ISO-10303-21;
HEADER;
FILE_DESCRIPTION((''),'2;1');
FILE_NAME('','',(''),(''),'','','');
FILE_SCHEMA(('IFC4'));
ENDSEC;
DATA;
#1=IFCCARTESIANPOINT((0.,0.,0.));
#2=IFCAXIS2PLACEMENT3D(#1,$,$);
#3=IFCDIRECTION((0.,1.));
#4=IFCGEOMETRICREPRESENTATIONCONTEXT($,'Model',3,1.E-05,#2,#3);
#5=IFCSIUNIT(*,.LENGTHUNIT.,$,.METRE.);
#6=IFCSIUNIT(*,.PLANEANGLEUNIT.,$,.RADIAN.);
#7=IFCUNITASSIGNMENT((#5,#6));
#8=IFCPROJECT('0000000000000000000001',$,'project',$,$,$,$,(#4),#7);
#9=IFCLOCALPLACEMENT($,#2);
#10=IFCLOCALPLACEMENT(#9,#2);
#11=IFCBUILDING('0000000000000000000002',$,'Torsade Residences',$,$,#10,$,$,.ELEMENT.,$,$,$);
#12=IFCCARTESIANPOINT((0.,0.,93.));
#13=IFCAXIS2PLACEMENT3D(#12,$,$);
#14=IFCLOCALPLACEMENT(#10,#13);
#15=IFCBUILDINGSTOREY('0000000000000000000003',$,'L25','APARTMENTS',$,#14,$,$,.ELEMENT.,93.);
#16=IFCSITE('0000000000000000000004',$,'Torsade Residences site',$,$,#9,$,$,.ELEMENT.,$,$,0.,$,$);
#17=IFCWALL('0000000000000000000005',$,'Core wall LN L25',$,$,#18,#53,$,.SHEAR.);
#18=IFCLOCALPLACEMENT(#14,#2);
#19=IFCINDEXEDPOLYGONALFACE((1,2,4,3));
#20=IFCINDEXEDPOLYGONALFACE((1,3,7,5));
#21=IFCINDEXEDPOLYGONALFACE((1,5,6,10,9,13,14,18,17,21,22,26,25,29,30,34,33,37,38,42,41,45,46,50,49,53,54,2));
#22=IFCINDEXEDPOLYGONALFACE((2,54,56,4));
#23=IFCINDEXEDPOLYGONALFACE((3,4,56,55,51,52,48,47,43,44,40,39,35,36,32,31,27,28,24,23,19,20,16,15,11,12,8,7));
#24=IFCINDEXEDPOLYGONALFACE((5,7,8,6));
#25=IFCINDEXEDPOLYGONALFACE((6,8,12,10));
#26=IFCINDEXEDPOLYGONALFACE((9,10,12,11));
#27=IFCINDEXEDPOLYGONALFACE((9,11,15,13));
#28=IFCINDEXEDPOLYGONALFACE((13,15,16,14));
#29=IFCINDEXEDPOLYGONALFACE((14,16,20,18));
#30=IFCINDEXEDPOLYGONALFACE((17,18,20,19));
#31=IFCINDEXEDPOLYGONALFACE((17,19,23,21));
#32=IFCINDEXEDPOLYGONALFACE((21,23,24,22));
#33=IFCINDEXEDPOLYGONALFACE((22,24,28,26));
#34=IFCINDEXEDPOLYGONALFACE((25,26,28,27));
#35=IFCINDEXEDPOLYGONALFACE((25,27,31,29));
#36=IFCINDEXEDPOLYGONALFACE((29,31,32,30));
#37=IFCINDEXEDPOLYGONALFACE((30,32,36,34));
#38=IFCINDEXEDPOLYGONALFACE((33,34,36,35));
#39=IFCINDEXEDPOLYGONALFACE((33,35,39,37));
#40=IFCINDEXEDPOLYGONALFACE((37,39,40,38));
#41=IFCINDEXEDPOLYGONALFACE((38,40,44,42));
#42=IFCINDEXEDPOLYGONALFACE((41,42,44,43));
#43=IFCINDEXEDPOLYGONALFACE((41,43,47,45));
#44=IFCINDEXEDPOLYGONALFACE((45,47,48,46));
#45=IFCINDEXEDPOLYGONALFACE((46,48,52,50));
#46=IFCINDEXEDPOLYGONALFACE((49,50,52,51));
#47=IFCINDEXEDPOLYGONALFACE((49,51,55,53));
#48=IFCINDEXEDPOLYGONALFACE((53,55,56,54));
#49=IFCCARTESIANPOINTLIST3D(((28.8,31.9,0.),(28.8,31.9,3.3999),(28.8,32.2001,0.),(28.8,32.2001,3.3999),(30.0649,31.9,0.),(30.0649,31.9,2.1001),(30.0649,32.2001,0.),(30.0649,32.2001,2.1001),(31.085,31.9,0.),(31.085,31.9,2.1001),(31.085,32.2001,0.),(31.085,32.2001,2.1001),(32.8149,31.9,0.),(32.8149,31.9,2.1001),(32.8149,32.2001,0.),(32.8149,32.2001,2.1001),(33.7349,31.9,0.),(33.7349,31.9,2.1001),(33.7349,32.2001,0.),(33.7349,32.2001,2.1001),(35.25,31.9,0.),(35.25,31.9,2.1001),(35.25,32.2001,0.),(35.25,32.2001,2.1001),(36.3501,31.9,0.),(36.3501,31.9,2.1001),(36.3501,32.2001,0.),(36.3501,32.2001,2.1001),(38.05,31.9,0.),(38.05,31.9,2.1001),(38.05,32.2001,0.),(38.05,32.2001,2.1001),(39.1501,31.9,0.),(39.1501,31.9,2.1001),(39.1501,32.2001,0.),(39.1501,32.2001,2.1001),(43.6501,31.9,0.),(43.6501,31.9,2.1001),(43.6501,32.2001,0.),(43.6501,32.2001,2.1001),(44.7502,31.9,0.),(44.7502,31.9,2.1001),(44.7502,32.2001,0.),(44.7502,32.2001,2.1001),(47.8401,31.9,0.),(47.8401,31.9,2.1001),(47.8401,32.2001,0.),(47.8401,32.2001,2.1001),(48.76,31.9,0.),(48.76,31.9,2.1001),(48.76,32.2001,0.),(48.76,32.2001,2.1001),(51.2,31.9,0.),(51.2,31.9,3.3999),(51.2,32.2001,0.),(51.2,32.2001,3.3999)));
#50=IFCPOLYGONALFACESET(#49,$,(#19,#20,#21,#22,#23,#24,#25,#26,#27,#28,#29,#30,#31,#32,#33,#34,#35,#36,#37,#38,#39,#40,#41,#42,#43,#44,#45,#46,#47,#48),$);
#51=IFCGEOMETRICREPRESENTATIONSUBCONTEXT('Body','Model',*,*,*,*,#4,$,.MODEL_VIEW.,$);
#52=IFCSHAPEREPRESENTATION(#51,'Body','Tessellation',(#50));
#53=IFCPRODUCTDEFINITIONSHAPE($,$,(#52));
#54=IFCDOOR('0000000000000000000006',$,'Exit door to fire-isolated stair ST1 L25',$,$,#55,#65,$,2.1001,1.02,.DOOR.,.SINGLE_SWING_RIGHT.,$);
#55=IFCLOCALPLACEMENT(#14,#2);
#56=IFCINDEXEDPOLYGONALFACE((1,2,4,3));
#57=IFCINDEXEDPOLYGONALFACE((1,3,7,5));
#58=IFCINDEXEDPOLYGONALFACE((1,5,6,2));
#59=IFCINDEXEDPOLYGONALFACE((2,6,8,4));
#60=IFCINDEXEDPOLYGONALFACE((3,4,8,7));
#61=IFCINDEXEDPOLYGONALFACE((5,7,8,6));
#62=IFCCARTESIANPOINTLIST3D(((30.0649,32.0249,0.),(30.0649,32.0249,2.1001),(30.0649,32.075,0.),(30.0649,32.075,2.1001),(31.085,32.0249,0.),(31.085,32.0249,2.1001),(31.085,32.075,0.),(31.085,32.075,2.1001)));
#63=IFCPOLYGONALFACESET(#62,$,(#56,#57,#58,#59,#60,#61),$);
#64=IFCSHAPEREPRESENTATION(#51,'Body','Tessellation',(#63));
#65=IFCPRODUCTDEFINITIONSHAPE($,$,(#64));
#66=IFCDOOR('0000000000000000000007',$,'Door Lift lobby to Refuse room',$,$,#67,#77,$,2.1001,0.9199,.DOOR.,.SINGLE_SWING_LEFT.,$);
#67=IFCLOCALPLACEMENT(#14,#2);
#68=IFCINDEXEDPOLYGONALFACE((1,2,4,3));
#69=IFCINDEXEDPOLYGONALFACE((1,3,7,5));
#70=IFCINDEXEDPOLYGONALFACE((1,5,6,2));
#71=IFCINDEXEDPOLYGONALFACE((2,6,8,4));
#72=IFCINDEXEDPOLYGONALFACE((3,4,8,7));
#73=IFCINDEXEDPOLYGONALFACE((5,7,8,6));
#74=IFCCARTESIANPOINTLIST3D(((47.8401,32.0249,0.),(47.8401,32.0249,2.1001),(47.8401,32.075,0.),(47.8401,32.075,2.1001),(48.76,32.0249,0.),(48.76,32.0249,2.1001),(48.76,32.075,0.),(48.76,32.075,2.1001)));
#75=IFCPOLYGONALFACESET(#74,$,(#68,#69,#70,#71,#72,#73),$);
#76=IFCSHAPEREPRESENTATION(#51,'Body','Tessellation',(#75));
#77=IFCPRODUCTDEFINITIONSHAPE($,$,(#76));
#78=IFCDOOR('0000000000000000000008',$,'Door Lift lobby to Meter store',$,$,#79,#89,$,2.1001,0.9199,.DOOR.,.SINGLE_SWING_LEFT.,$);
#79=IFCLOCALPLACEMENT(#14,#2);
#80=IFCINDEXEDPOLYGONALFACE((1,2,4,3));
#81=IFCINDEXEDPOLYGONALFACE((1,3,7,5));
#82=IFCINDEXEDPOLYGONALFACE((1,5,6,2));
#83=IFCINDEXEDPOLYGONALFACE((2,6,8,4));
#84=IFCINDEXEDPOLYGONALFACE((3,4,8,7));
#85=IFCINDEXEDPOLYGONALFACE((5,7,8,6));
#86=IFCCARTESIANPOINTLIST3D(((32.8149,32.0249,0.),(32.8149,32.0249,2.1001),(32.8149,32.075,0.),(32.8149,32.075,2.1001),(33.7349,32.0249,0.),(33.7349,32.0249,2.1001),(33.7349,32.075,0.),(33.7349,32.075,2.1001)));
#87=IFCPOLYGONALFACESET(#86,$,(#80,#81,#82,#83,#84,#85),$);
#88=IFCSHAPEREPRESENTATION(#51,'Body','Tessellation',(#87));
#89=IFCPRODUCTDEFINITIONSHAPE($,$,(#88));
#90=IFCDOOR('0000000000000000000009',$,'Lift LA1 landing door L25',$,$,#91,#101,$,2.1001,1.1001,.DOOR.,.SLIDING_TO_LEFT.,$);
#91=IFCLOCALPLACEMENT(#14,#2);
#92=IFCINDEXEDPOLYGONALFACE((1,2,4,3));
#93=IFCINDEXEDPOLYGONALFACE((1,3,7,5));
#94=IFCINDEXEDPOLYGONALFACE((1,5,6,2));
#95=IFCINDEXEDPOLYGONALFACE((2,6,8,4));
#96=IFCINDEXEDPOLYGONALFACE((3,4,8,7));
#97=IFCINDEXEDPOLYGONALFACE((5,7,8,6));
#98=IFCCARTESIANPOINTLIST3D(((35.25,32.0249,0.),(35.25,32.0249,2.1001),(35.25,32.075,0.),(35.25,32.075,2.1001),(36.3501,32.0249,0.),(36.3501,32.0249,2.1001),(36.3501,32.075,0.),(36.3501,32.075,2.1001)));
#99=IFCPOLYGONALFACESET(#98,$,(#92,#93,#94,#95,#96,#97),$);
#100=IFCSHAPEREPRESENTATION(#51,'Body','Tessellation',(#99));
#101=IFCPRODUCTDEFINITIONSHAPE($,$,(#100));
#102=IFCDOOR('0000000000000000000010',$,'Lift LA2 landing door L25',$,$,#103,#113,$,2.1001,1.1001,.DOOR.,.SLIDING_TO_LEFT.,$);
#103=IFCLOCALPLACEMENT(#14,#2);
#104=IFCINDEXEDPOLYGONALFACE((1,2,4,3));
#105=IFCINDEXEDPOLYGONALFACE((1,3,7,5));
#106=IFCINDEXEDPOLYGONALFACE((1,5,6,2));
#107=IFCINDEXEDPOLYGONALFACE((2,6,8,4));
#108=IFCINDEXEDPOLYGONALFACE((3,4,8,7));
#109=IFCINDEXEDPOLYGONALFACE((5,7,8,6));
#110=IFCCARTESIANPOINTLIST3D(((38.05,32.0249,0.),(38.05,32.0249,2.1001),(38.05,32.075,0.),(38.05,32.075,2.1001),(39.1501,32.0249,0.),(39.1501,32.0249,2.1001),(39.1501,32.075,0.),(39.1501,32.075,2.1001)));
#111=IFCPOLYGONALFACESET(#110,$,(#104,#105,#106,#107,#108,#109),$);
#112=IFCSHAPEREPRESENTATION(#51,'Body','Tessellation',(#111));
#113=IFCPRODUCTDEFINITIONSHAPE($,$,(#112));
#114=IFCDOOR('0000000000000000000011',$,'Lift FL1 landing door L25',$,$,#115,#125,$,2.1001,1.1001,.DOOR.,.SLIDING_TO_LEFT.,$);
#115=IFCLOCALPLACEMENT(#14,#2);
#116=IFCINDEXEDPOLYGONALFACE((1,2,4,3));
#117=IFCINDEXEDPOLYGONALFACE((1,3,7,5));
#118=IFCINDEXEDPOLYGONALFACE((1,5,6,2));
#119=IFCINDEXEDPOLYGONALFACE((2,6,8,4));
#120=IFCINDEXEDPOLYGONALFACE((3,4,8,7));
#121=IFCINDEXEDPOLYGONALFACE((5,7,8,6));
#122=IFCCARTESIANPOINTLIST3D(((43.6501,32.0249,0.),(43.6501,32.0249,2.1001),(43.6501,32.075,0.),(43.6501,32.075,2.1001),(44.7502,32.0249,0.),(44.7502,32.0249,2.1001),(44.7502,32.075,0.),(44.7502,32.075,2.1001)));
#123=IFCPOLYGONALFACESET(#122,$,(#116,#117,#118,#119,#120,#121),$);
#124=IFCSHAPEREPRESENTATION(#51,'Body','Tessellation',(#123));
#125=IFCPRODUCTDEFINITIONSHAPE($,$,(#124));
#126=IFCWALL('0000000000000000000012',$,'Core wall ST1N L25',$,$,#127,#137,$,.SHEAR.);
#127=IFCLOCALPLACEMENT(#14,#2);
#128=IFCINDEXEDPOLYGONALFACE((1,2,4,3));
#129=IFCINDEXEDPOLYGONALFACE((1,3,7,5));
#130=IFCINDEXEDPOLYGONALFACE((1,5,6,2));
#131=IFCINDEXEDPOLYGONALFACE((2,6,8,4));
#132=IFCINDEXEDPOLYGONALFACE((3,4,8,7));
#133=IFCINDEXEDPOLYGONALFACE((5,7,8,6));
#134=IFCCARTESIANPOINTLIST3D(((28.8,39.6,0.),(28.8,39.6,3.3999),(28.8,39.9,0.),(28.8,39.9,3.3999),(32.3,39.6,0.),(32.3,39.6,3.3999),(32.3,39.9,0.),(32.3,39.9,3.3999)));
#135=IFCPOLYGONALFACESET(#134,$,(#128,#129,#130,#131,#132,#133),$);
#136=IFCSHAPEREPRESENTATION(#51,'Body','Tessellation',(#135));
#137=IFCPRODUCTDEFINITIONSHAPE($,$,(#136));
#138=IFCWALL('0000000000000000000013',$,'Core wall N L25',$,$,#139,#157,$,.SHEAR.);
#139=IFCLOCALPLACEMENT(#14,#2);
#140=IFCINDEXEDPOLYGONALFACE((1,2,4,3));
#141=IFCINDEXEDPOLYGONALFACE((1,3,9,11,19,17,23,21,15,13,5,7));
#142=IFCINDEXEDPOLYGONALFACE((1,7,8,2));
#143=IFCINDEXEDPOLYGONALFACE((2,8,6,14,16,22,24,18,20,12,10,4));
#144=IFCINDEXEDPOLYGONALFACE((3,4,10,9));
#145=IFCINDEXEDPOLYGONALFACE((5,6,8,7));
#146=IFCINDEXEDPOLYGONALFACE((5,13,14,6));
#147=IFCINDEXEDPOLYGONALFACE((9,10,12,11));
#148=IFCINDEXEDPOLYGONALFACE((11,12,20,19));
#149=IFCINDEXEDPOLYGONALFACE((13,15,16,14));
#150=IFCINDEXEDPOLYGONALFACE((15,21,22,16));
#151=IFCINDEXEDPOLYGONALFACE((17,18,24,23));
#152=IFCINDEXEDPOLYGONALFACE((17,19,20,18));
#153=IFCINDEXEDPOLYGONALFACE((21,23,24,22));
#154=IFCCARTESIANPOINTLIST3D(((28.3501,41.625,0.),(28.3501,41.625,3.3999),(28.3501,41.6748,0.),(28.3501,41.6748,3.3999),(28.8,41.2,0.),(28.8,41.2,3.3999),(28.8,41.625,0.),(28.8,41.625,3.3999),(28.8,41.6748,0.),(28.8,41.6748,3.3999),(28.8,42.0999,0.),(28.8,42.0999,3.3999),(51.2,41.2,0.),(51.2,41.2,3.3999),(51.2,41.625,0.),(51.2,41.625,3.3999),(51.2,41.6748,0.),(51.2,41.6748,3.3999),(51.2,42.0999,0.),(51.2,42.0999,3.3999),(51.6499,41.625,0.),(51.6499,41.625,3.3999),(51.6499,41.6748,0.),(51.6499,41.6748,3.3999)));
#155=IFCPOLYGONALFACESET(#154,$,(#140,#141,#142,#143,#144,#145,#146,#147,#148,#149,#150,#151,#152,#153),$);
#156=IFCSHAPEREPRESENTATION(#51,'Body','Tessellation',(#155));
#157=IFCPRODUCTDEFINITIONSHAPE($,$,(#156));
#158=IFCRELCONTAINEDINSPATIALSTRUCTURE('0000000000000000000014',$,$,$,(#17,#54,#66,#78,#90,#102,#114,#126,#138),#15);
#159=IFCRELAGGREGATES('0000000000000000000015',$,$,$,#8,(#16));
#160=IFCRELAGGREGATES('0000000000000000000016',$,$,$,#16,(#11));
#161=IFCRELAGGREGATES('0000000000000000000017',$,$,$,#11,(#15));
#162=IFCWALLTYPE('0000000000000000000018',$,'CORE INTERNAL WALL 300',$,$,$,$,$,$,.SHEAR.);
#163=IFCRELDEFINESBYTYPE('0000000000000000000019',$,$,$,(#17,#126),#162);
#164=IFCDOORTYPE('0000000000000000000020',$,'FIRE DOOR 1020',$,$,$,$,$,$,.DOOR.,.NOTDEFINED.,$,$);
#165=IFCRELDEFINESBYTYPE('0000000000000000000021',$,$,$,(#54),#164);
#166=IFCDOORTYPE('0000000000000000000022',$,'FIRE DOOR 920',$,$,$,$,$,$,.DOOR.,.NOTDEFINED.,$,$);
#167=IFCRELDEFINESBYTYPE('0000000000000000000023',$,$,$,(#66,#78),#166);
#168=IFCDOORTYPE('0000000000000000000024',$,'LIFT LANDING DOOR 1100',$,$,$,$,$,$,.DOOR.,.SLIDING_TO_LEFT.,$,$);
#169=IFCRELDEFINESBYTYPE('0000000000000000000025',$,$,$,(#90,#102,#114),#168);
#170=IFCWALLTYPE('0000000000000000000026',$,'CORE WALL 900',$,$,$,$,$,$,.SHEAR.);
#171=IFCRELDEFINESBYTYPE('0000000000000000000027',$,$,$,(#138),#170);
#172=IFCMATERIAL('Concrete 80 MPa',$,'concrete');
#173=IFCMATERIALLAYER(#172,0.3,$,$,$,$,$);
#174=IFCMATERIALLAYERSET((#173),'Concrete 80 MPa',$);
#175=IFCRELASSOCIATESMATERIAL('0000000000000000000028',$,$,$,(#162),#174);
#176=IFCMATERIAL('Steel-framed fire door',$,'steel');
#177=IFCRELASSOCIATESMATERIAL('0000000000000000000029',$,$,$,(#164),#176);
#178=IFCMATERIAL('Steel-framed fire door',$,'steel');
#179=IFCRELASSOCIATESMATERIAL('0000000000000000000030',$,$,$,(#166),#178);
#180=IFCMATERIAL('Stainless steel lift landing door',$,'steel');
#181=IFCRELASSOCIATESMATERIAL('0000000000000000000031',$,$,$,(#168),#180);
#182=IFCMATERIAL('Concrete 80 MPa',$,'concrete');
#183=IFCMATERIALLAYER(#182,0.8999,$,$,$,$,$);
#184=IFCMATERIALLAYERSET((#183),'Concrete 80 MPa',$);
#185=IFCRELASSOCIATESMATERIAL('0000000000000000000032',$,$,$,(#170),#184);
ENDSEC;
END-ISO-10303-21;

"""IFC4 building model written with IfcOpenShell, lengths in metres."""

from ifc_helpers import new_model, si_unit, direction, frame, frame_2d, origin, place, context, subcontext, project, spatial, polyline, rectangle, outline, extrude, material, layer, layer_set, type_object, element, fill, save


model = new_model("IFC4")

# Units and contexts
model_context = context("Model", 3, precision=1e-05, world=origin(), true_north=direction((0.0, 1.0)))
body_context = subcontext(model_context, "Body", "Model", "MODEL_VIEW")
ifc_project = project(units=[si_unit("LENGTHUNIT", "METRE"), si_unit("PLANEANGLEUNIT", "RADIAN")], contexts=[model_context])

# Site, building, storey
site_placement = place(None, origin())
site = spatial("IfcSite", under=ifc_project, at=site_placement, Name="Torsade Residences site", CompositionType="ELEMENT", RefElevation=0.0)
building_placement = place(site_placement, origin())
building = spatial("IfcBuilding", under=site, at=building_placement, Name="Torsade Residences", CompositionType="ELEMENT")
storey_placement = place(building_placement, frame((0.0, 0.0, 93.0)))
storey = spatial("IfcBuildingStorey", under=building, at=storey_placement, Name="L25", Description="APARTMENTS", CompositionType="ELEMENT", Elevation=93.0)

# Wall, openings, doors
ifc_material_1 = material(Name="Concrete 80 MPa", Category="concrete")
ifc_layer_1 = layer(ifc_material_1, 0.3)
ifc_layer_set_1 = layer_set([ifc_layer_1], Name="Concrete 80 MPa")
wall_type_1 = type_object("IfcWallType", Name="CORE INTERNAL WALL 300", PredefinedType="SHEAR", material=ifc_layer_set_1)
wall_1_placement = place(storey_placement, frame((28.8, 32.05, 0.0), z_axis=(0.0, 0.0, 1.0), x_axis=(1.0, 0.0, 0.0)))
wall_1 = element("IfcWall", 1, at=wall_1_placement, inside=storey, type_object=wall_type_1, Name="Core wall LN L25", PredefinedType="SHEAR", context=body_context, shape_type="SweptSolid", body=[
    extrude(rectangle(XDim=22.3999, YDim=0.3, at=frame_2d((11.2, 0.0))), origin(), (0.0, 0.0, 1.0), 3.3999),
])
opening_1_placement = place(wall_1_placement, frame((19.04, 0.0, 0.0)))
opening_1 = element("IfcOpeningElement", 2, at=opening_1_placement, cuts=wall_1, PredefinedType="OPENING", context=body_context, shape_type="SweptSolid", body=[
    extrude(rectangle(XDim=0.9199, YDim=2.1001, at=frame_2d((0.46, 1.05))), frame((0.0, 0.1599, 0.0), z_axis=(0.0, -1.0, 0.0), x_axis=(1.0, 0.0, 0.0)), (0.0, 0.0, 1.0), 0.3201),
])
opening_2_placement = place(wall_1_placement, frame((1.2649, 0.0, 0.0)))
opening_2 = element("IfcOpeningElement", 3, at=opening_2_placement, cuts=wall_1, PredefinedType="OPENING", context=body_context, shape_type="SweptSolid", body=[
    extrude(rectangle(XDim=1.02, YDim=2.1001, at=frame_2d((0.51, 1.05))), frame((0.0, 0.1599, 0.0), z_axis=(0.0, -1.0, 0.0), x_axis=(1.0, 0.0, 0.0)), (0.0, 0.0, 1.0), 0.3201),
])
opening_3_placement = place(wall_1_placement, frame((4.0149, 0.0, 0.0)))
opening_3 = element("IfcOpeningElement", 4, at=opening_3_placement, cuts=wall_1, PredefinedType="OPENING", context=body_context, shape_type="SweptSolid", body=[
    extrude(rectangle(XDim=0.9199, YDim=2.1001, at=frame_2d((0.46, 1.05))), frame((0.0, 0.1599, 0.0), z_axis=(0.0, -1.0, 0.0), x_axis=(1.0, 0.0, 0.0)), (0.0, 0.0, 1.0), 0.3201),
])
opening_4_placement = place(wall_1_placement, frame((6.45, 0.0, 0.0)))
opening_4 = element("IfcOpeningElement", 5, at=opening_4_placement, cuts=wall_1, PredefinedType="OPENING", context=body_context, shape_type="SweptSolid", body=[
    extrude(rectangle(XDim=1.1001, YDim=2.1001, at=frame_2d((0.55, 1.05))), frame((0.0, 0.1599, 0.0), z_axis=(0.0, -1.0, 0.0), x_axis=(1.0, 0.0, 0.0)), (0.0, 0.0, 1.0), 0.3201),
])
opening_5_placement = place(wall_1_placement, frame((9.25, 0.0, 0.0)))
opening_5 = element("IfcOpeningElement", 6, at=opening_5_placement, cuts=wall_1, PredefinedType="OPENING", context=body_context, shape_type="SweptSolid", body=[
    extrude(rectangle(XDim=1.1001, YDim=2.1001, at=frame_2d((0.55, 1.05))), frame((0.0, 0.1599, 0.0), z_axis=(0.0, -1.0, 0.0), x_axis=(1.0, 0.0, 0.0)), (0.0, 0.0, 1.0), 0.3201),
])
opening_6_placement = place(wall_1_placement, frame((14.8501, 0.0, 0.0)))
opening_6 = element("IfcOpeningElement", 7, at=opening_6_placement, cuts=wall_1, PredefinedType="OPENING", context=body_context, shape_type="SweptSolid", body=[
    extrude(rectangle(XDim=1.1001, YDim=2.1001, at=frame_2d((0.55, 1.05))), frame((0.0, 0.1599, 0.0), z_axis=(0.0, -1.0, 0.0), x_axis=(1.0, 0.0, 0.0)), (0.0, 0.0, 1.0), 0.3201),
])
ifc_material_2 = material(Name="Steel-framed fire door", Category="steel")
door_type_1 = type_object("IfcDoorType", Name="FIRE DOOR 1020", OperationType="NOTDEFINED", PredefinedType="DOOR", material=ifc_material_2)
door_1_placement = place(opening_2_placement, origin())
door_1 = element("IfcDoor", 8, at=door_1_placement, inside=storey, type_object=door_type_1, Name="Exit door to fire-isolated stair ST1 L25", OperationType="SINGLE_SWING_RIGHT", OverallHeight=2.1001, OverallWidth=1.02, PredefinedType="DOOR", context=body_context, shape_type="SweptSolid", body=[
    extrude(rectangle(XDim=1.02, YDim=2.1001, at=frame_2d((0.51, 1.05))), frame((0.0, 0.0249, 0.0), z_axis=(0.0, -1.0, 0.0), x_axis=(1.0, 0.0, 0.0)), (0.0, 0.0, 1.0), 0.05),
])
fill(opening_2, door_1)
ifc_material_3 = material(Name="Steel-framed fire door", Category="steel")
door_type_2 = type_object("IfcDoorType", Name="FIRE DOOR 920", OperationType="NOTDEFINED", PredefinedType="DOOR", material=ifc_material_3)
door_2_placement = place(opening_1_placement, origin())
door_2 = element("IfcDoor", 9, at=door_2_placement, inside=storey, type_object=door_type_2, Name="Door Lift lobby to Refuse room", OperationType="SINGLE_SWING_LEFT", OverallHeight=2.1001, OverallWidth=0.9199, PredefinedType="DOOR", context=body_context, shape_type="SweptSolid", body=[
    extrude(rectangle(XDim=0.9199, YDim=2.1001, at=frame_2d((0.46, 1.05))), frame((0.0, 0.0249, 0.0), z_axis=(0.0, -1.0, 0.0), x_axis=(1.0, 0.0, 0.0)), (0.0, 0.0, 1.0), 0.05),
])
fill(opening_1, door_2)
door_3_placement = place(opening_3_placement, origin())
door_3 = element("IfcDoor", 10, at=door_3_placement, inside=storey, type_object=door_type_2, Name="Door Lift lobby to Meter store", OperationType="SINGLE_SWING_LEFT", OverallHeight=2.1001, OverallWidth=0.9199, PredefinedType="DOOR", context=body_context, shape_type="SweptSolid", body=[
    extrude(rectangle(XDim=0.9199, YDim=2.1001, at=frame_2d((0.46, 1.05))), frame((0.0, 0.0249, 0.0), z_axis=(0.0, -1.0, 0.0), x_axis=(1.0, 0.0, 0.0)), (0.0, 0.0, 1.0), 0.05),
])
fill(opening_3, door_3)
ifc_material_4 = material(Name="Stainless steel lift landing door", Category="steel")
door_type_3 = type_object("IfcDoorType", Name="LIFT LANDING DOOR 1100", OperationType="SLIDING_TO_LEFT", PredefinedType="DOOR", material=ifc_material_4)
door_4_placement = place(opening_4_placement, origin())
door_4 = element("IfcDoor", 11, at=door_4_placement, inside=storey, type_object=door_type_3, Name="Lift LA1 landing door L25", OperationType="SLIDING_TO_LEFT", OverallHeight=2.1001, OverallWidth=1.1001, PredefinedType="DOOR", context=body_context, shape_type="SweptSolid", body=[
    extrude(rectangle(XDim=1.1001, YDim=2.1001, at=frame_2d((0.55, 1.05))), frame((0.0, 0.0249, 0.0), z_axis=(0.0, -1.0, 0.0), x_axis=(1.0, 0.0, 0.0)), (0.0, 0.0, 1.0), 0.05),
])
fill(opening_4, door_4)
door_5_placement = place(opening_5_placement, origin())
door_5 = element("IfcDoor", 12, at=door_5_placement, inside=storey, type_object=door_type_3, Name="Lift LA2 landing door L25", OperationType="SLIDING_TO_LEFT", OverallHeight=2.1001, OverallWidth=1.1001, PredefinedType="DOOR", context=body_context, shape_type="SweptSolid", body=[
    extrude(rectangle(XDim=1.1001, YDim=2.1001, at=frame_2d((0.55, 1.05))), frame((0.0, 0.0249, 0.0), z_axis=(0.0, -1.0, 0.0), x_axis=(1.0, 0.0, 0.0)), (0.0, 0.0, 1.0), 0.05),
])
fill(opening_5, door_5)
door_6_placement = place(opening_6_placement, origin())
door_6 = element("IfcDoor", 13, at=door_6_placement, inside=storey, type_object=door_type_3, Name="Lift FL1 landing door L25", OperationType="SLIDING_TO_LEFT", OverallHeight=2.1001, OverallWidth=1.1001, PredefinedType="DOOR", context=body_context, shape_type="SweptSolid", body=[
    extrude(rectangle(XDim=1.1001, YDim=2.1001, at=frame_2d((0.55, 1.05))), frame((0.0, 0.0249, 0.0), z_axis=(0.0, -1.0, 0.0), x_axis=(1.0, 0.0, 0.0)), (0.0, 0.0, 1.0), 0.05),
])
fill(opening_6, door_6)

# Walls
wall_2_placement = place(storey_placement, frame((28.8, 39.75, 0.0), z_axis=(0.0, 0.0, 1.0), x_axis=(1.0, 0.0, 0.0)))
element("IfcWall", 14, at=wall_2_placement, inside=storey, type_object=wall_type_1, Name="Core wall ST1N L25", PredefinedType="SHEAR", context=body_context, shape_type="SweptSolid", body=[
    extrude(rectangle(XDim=3.5, YDim=0.3, at=frame_2d((1.75, 0.0))), origin(), (0.0, 0.0, 1.0), 3.3999),
])
ifc_material_5 = material(Name="Concrete 80 MPa", Category="concrete")
ifc_layer_2 = layer(ifc_material_5, 0.8999)
ifc_layer_set_2 = layer_set([ifc_layer_2], Name="Concrete 80 MPa")
wall_type_2 = type_object("IfcWallType", Name="CORE WALL 900", PredefinedType="SHEAR", material=ifc_layer_set_2)
wall_3_placement = place(storey_placement, frame((28.8, 41.6499, 0.0), z_axis=(0.0, 0.0, 1.0), x_axis=(1.0, 0.0, 0.0)))
element("IfcWall", 15, at=wall_3_placement, inside=storey, type_object=wall_type_2, Name="Core wall N L25", PredefinedType="SHEAR", context=body_context, shape_type="SweptSolid", body=[
    extrude(outline(polyline([(0.0, -0.45), (22.3999, -0.45), (22.3999, -0.0249), (22.8499, -0.0249), (22.8499, 0.0249), (22.3999, 0.0249), (22.3999, 0.45), (0.0, 0.45), (0.0, 0.0249), (-0.45, 0.0249), (-0.45, -0.0249), (0.0, -0.0249), (0.0, -0.45)])), origin(), (0.0, 0.0, 1.0), 3.3999),
])

save(model, "model.ifc")
